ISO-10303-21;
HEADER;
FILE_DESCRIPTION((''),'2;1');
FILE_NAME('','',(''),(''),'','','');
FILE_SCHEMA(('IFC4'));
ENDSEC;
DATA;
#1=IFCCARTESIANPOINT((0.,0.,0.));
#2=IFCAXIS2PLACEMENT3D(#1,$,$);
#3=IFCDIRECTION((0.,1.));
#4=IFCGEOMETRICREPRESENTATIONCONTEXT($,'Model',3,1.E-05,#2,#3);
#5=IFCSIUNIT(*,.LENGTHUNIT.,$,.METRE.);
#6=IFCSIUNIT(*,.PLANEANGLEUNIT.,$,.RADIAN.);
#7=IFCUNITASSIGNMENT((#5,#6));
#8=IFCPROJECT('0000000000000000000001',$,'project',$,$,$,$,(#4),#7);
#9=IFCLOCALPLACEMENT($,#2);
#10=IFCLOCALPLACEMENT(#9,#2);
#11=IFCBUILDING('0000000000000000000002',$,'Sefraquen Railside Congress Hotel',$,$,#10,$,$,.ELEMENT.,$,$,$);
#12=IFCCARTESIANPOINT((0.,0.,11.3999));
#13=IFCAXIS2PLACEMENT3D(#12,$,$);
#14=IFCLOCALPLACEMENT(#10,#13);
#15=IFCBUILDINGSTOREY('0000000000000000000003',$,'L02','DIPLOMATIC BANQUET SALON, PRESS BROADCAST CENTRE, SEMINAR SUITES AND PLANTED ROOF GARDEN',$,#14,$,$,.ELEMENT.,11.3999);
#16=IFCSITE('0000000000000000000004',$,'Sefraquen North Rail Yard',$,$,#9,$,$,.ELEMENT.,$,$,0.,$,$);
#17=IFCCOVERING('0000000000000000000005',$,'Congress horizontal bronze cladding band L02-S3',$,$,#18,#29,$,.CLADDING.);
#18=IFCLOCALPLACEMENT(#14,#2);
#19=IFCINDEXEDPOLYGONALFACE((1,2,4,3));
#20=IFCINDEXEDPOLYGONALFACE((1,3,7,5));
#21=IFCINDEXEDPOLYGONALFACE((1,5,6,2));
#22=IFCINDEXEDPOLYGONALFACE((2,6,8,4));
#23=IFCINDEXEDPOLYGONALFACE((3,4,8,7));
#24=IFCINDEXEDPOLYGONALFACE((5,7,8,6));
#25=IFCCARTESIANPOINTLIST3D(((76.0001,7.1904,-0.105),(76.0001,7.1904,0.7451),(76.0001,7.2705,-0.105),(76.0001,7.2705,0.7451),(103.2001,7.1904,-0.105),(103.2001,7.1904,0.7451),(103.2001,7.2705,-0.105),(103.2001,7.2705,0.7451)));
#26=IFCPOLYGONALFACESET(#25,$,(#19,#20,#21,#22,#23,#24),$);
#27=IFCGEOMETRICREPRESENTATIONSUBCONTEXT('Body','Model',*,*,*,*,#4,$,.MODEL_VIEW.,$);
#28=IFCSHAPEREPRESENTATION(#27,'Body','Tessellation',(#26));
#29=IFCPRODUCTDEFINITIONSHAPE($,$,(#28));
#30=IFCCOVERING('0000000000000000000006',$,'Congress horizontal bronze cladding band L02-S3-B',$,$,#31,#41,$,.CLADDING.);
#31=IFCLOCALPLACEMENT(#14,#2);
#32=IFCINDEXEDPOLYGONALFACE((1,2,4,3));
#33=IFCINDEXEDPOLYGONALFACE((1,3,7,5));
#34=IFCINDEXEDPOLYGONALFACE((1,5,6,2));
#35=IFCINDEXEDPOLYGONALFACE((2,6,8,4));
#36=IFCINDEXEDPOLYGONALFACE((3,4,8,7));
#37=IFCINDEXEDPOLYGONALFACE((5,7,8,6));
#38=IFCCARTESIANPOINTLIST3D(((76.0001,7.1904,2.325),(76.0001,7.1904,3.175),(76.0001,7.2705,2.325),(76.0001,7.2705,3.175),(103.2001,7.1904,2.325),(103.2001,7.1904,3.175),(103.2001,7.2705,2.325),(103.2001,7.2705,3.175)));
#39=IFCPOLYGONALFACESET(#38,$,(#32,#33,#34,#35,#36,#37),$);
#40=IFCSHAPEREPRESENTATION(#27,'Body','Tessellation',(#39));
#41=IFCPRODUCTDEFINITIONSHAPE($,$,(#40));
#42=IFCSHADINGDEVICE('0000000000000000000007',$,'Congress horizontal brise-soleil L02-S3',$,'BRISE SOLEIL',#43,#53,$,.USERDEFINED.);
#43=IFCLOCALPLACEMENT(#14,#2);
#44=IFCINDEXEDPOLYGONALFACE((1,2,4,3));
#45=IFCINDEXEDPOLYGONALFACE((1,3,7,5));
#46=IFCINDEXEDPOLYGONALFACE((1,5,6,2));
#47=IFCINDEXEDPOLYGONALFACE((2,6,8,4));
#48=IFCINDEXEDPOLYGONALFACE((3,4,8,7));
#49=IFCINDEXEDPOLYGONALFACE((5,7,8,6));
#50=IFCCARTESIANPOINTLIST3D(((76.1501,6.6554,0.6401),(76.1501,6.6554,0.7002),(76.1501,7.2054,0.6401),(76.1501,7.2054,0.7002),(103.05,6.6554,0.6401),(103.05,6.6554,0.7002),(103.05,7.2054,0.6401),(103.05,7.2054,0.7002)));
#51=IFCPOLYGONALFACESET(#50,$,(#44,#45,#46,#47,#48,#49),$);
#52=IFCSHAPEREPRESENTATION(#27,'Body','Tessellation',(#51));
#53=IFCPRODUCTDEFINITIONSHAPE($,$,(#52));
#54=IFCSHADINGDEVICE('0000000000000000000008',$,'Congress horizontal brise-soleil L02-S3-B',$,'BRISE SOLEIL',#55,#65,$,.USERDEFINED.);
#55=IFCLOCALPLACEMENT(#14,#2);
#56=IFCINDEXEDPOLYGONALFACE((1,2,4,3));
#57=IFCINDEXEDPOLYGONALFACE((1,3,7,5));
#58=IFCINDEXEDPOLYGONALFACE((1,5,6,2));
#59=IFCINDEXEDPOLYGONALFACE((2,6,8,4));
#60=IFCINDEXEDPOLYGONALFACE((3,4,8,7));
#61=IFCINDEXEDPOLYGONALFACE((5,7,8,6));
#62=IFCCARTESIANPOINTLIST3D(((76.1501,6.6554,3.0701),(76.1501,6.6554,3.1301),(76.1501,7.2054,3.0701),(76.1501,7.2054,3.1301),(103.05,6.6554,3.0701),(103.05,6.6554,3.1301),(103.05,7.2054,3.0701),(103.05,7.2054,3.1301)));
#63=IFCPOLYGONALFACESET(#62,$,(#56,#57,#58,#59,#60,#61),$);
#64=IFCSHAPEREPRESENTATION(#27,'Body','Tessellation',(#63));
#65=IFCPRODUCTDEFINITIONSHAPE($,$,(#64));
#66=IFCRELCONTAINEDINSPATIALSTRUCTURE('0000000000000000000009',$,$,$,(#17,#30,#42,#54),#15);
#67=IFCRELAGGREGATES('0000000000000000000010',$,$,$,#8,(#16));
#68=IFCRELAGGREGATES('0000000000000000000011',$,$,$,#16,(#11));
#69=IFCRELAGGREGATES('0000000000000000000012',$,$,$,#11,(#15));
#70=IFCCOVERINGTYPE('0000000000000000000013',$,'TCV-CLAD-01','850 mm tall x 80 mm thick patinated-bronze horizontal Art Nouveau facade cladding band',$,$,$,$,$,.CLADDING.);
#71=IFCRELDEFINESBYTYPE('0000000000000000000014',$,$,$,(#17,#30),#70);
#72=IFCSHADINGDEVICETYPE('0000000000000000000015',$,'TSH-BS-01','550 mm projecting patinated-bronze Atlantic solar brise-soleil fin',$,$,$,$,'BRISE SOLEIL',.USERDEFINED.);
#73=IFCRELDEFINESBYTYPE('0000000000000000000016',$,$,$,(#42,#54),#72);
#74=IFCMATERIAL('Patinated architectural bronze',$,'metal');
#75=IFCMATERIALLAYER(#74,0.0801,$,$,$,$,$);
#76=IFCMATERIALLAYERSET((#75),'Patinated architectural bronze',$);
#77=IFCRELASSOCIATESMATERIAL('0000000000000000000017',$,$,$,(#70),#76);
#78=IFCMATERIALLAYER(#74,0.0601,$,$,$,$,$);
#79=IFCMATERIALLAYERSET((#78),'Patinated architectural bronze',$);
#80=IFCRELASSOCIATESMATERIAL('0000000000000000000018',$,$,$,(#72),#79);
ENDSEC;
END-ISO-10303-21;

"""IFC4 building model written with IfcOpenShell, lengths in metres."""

from ifc_helpers import new_model, si_unit, direction, frame, origin, origin_2d, place, context, subcontext, project, spatial, rectangle, extrude, material, layer, layer_set, type_object, element, save


model = new_model("IFC4")

# Units and contexts
model_context = context("Model", 3, precision=1e-05, world=origin(), true_north=direction((0.0, 1.0)))
body_context = subcontext(model_context, "Body", "Model", "MODEL_VIEW")
ifc_project = project(units=[si_unit("LENGTHUNIT", "METRE"), si_unit("PLANEANGLEUNIT", "RADIAN")], contexts=[model_context])

# Site, building, storey
site_placement = place(None, origin())
site = spatial("IfcSite", under=ifc_project, at=site_placement, Name="Sefraquen North Rail Yard", CompositionType="ELEMENT", RefElevation=0.0)
building_placement = place(site_placement, origin())
building = spatial("IfcBuilding", under=site, at=building_placement, Name="Sefraquen Railside Congress Hotel", CompositionType="ELEMENT")
storey_placement = place(building_placement, frame((0.0, 0.0, 11.3999)))
storey = spatial("IfcBuildingStorey", under=building, at=storey_placement, Name="L02", Description="DIPLOMATIC BANQUET SALON, PRESS BROADCAST CENTRE, SEMINAR SUITES AND PLANTED ROOF GARDEN", CompositionType="ELEMENT", Elevation=11.3999)

# Coverings
ifc_material_1 = material(Name="Patinated architectural bronze", Category="metal")
ifc_layer_1 = layer(ifc_material_1, 0.0801)
ifc_layer_set_1 = layer_set([ifc_layer_1], Name="Patinated architectural bronze")
covering_type = type_object("IfcCoveringType", Name="TCV-CLAD-01", Description="850 mm tall x 80 mm thick patinated-bronze horizontal Art Nouveau facade cladding band", PredefinedType="CLADDING", material=ifc_layer_set_1)
for number, where, z_axis, x_axis, name in (
    (1, (89.6001, 7.2305, -0.105), (0.0, 0.0, 1.0), (1.0, 0.0, 0.0), "Congress horizontal bronze cladding band L02-S3"),
    (2, (89.6001, 7.2305, 2.325), (0.0, 0.0, 1.0), (1.0, 0.0, 0.0), "Congress horizontal bronze cladding band L02-S3-B"),
):
    element("IfcCovering", number, at=place(storey_placement, frame(where, z_axis=z_axis, x_axis=x_axis)), inside=storey, type_object=covering_type, Name=name, PredefinedType="CLADDING", context=body_context, shape_type="SweptSolid", body=[
        extrude(rectangle(XDim=27.2, YDim=0.0801, at=origin_2d()), origin(), (0.0, 0.0, 1.0), 0.8501),
    ])

# Shading devices
ifc_layer_2 = layer(ifc_material_1, 0.0601)
ifc_layer_set_2 = layer_set([ifc_layer_2], Name="Patinated architectural bronze")
shading_device_type = type_object("IfcShadingDeviceType", Name="TSH-BS-01", Description="550 mm projecting patinated-bronze Atlantic solar brise-soleil fin", ElementType="BRISE SOLEIL", PredefinedType="USERDEFINED", material=ifc_layer_set_2)
for number, where, z_axis, x_axis, name in (
    (3, (89.6001, 6.9304, 0.6401), (0.0, 0.0, 1.0), (1.0, 0.0, 0.0), "Congress horizontal brise-soleil L02-S3"),
    (4, (89.6001, 6.9304, 3.0701), (0.0, 0.0, 1.0), (1.0, 0.0, 0.0), "Congress horizontal brise-soleil L02-S3-B"),
):
    element("IfcShadingDevice", number, at=place(storey_placement, frame(where, z_axis=z_axis, x_axis=x_axis)), inside=storey, type_object=shading_device_type, Name=name, ObjectType="BRISE SOLEIL", PredefinedType="USERDEFINED", context=body_context, shape_type="SweptSolid", body=[
        extrude(rectangle(XDim=26.8999, YDim=0.55, at=origin_2d()), origin(), (0.0, 0.0, 1.0), 0.0601),
    ])

save(model, "model.ifc")
